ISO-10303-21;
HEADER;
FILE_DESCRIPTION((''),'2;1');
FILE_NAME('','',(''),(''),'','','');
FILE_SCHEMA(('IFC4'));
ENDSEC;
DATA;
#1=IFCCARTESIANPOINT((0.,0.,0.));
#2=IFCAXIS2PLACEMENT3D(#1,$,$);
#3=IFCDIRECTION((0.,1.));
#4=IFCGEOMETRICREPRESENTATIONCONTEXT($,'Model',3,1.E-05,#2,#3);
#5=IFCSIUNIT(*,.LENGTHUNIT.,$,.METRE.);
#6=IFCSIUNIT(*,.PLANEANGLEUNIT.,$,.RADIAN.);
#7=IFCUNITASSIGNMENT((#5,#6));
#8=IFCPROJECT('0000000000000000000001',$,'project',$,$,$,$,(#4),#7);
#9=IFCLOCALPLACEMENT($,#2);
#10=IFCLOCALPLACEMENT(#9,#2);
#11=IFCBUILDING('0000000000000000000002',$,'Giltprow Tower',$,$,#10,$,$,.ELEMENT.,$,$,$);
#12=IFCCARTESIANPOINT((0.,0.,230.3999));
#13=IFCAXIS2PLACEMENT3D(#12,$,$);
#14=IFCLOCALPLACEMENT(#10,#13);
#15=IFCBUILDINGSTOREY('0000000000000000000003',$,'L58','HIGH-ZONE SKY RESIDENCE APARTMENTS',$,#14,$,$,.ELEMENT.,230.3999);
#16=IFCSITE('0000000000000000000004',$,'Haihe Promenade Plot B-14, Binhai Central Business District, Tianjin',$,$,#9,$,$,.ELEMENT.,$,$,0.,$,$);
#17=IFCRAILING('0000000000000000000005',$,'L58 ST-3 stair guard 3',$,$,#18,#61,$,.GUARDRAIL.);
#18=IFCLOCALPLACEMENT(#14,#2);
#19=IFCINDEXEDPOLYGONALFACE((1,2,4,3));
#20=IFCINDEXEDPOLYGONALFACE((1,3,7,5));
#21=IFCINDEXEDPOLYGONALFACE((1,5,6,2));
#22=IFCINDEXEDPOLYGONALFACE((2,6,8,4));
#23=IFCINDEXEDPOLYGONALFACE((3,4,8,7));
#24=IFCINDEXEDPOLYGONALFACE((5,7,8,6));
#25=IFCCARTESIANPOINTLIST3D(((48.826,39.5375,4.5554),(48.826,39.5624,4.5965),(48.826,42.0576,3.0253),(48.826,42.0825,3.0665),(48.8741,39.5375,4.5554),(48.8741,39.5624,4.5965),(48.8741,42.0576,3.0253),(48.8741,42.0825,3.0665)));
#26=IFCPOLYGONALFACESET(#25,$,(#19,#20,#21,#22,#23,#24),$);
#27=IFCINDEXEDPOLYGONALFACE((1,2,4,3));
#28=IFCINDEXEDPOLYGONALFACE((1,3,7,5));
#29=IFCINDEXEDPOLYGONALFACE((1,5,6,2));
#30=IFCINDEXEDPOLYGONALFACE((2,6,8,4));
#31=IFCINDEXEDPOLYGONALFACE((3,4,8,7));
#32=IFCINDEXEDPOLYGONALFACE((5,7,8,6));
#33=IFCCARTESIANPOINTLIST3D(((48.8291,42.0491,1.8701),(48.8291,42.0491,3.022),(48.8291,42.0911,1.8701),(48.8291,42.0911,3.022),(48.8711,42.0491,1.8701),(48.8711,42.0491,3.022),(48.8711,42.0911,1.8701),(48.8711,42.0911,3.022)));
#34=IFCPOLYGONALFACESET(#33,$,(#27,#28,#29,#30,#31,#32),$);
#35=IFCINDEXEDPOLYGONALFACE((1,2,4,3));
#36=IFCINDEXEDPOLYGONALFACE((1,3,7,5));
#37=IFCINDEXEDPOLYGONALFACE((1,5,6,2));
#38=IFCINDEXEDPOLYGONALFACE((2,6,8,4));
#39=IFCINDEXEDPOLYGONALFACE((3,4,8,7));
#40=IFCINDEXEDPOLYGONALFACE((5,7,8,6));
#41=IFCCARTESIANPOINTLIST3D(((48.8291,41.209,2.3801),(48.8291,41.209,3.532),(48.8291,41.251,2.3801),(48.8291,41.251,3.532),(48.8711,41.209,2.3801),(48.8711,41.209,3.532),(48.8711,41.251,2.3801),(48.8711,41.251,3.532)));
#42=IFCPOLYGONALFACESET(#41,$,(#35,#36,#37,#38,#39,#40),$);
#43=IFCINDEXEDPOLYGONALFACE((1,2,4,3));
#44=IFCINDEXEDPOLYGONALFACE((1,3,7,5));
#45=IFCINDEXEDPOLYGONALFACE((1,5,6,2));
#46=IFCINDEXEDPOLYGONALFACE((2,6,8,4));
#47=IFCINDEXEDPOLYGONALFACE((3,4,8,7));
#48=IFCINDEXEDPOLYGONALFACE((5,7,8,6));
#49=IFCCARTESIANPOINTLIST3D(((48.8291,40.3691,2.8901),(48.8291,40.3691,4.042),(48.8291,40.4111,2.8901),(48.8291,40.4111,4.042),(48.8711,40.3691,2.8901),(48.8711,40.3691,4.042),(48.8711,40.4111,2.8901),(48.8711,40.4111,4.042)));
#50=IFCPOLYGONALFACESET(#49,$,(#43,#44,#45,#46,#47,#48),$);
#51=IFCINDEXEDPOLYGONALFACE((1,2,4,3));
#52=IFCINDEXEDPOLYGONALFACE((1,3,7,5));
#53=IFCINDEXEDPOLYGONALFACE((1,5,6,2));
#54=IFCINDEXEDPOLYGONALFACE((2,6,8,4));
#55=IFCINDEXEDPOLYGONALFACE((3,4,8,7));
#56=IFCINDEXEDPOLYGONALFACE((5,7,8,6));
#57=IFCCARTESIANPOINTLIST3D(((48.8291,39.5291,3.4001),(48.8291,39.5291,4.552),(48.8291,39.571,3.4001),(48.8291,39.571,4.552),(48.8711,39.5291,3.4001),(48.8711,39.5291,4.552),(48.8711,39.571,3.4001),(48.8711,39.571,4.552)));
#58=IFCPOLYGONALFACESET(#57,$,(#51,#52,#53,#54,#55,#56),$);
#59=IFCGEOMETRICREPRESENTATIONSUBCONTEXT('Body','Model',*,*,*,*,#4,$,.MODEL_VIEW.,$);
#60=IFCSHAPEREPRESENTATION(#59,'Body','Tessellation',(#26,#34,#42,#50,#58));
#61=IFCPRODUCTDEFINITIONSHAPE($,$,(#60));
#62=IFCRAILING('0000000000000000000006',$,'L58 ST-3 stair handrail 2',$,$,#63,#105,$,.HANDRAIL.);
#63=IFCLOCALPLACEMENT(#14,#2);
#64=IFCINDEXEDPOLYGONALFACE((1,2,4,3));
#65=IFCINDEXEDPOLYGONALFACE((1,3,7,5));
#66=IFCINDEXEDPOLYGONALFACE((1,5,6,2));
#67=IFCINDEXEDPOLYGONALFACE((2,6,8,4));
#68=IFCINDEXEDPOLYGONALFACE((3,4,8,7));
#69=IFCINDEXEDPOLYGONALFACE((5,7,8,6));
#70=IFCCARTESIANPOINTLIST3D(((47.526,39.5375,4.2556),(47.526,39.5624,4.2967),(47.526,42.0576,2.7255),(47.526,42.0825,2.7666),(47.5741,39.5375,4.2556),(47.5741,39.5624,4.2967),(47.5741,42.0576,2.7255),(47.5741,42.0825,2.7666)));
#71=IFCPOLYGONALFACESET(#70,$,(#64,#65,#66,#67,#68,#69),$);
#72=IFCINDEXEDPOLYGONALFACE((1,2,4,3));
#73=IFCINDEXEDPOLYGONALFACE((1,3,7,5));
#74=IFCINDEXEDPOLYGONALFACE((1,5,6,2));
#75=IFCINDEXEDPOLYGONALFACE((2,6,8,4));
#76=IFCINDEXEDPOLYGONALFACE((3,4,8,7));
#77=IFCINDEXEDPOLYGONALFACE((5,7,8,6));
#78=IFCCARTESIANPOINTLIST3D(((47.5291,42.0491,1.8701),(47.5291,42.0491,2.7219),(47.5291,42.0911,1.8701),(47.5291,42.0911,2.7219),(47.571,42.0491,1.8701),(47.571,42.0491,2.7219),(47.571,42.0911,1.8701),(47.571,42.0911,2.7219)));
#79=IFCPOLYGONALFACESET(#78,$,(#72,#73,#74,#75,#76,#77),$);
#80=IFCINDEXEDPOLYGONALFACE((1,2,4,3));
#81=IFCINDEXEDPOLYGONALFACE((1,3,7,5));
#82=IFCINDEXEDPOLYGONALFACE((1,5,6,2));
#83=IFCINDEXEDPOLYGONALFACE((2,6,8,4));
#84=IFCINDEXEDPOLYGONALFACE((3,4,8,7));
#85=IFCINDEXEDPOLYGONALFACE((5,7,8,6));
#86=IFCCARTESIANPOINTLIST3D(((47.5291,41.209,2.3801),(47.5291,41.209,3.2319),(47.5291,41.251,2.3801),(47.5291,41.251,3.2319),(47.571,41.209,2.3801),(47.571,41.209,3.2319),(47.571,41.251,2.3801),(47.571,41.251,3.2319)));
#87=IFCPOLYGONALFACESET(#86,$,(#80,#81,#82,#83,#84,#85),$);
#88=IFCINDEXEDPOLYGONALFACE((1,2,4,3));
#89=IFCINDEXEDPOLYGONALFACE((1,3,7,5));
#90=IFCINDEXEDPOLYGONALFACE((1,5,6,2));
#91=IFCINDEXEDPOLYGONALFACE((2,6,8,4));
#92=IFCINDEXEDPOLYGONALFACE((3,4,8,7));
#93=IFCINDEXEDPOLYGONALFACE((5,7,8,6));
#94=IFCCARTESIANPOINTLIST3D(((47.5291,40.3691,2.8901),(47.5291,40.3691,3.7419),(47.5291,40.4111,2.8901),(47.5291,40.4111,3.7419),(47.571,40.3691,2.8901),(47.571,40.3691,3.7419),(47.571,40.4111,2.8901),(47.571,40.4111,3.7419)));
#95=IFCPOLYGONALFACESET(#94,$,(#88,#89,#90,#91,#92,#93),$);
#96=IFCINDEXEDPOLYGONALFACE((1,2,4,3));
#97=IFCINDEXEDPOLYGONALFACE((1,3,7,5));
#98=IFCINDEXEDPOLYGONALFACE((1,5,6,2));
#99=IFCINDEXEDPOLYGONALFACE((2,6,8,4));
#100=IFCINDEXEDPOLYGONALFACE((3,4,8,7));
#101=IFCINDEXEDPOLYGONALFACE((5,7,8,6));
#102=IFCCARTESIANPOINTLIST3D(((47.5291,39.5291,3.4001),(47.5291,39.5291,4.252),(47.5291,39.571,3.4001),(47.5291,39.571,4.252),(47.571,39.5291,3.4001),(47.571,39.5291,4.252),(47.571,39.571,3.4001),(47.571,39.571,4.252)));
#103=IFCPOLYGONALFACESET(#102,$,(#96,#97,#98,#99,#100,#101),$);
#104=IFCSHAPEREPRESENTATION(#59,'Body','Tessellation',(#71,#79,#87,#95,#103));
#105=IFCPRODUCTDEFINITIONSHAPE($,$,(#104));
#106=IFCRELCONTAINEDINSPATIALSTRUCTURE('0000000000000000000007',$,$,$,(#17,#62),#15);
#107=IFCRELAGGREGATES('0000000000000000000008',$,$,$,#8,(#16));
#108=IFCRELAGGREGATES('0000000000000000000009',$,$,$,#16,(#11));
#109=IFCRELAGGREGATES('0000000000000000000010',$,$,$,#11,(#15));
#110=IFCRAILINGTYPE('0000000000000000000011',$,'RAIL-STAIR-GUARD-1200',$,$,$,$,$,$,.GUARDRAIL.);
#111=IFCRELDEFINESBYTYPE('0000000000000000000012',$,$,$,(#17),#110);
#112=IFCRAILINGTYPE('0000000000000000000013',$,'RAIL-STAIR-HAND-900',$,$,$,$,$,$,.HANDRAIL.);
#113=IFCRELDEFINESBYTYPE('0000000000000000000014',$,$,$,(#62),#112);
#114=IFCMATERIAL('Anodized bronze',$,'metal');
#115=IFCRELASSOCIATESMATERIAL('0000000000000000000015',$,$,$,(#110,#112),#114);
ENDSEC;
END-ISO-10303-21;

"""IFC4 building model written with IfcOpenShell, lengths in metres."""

from ifc_helpers import new_model, si_unit, direction, frame, origin, origin_2d, place, context, subcontext, project, spatial, rectangle, extrude, material, type_object, element, save


model = new_model("IFC4")

# Units and contexts
model_context = context("Model", 3, precision=1e-05, world=origin(), true_north=direction((0.0, 1.0)))
body_context = subcontext(model_context, "Body", "Model", "MODEL_VIEW")
ifc_project = project(units=[si_unit("LENGTHUNIT", "METRE"), si_unit("PLANEANGLEUNIT", "RADIAN")], contexts=[model_context])

# Site, building, storey
site_placement = place(None, origin())
site = spatial("IfcSite", under=ifc_project, at=site_placement, Name="Haihe Promenade Plot B-14, Binhai Central Business District, Tianjin", CompositionType="ELEMENT", RefElevation=0.0)
building_placement = place(site_placement, origin())
building = spatial("IfcBuilding", under=site, at=building_placement, Name="Giltprow Tower", CompositionType="ELEMENT")
storey_placement = place(building_placement, frame((0.0, 0.0, 230.3999)))
storey = spatial("IfcBuildingStorey", under=building, at=storey_placement, Name="L58", Description="HIGH-ZONE SKY RESIDENCE APARTMENTS", CompositionType="ELEMENT", Elevation=230.3999)

# Railings
ifc_material_1 = material(Name="Anodized bronze", Category="metal")
railing_type_1 = type_object("IfcRailingType", Name="RAIL-STAIR-GUARD-1200", PredefinedType="GUARDRAIL", material=ifc_material_1)
railing_1_placement = place(storey_placement, frame((48.8501, 42.0701, 1.8701)))
element("IfcRailing", 1, at=railing_1_placement, inside=storey, type_object=railing_type_1, Name="L58 ST-3 stair guard 3", PredefinedType="GUARDRAIL", context=body_context, shape_type="SweptSolid", body=[
    extrude(rectangle(XDim=0.0481, YDim=0.0481, at=origin_2d()), frame((0.0, 0.0, 1.1758), z_axis=(0.0, -0.854785, 0.518982), x_axis=(1.0, 0.0, 0.0)), (0.0, 0.0, 1.0), 2.9482),
    extrude(rectangle(XDim=0.042, YDim=0.042, at=origin_2d()), origin(), (0.0, 0.0, 1.0), 1.1519),
    extrude(rectangle(XDim=0.042, YDim=0.042, at=origin_2d()), frame((0.0, -0.8401, 0.51)), (0.0, 0.0, 1.0), 1.1519),
    extrude(rectangle(XDim=0.042, YDim=0.042, at=origin_2d()), frame((0.0, -1.6799, 1.02)), (0.0, 0.0, 1.0), 1.1519),
    extrude(rectangle(XDim=0.042, YDim=0.042, at=origin_2d()), frame((0.0, -2.52, 1.53)), (0.0, 0.0, 1.0), 1.1519),
])
railing_type_2 = type_object("IfcRailingType", Name="RAIL-STAIR-HAND-900", PredefinedType="HANDRAIL", material=ifc_material_1)
railing_2_placement = place(storey_placement, frame((47.55, 42.0701, 1.8701)))
element("IfcRailing", 2, at=railing_2_placement, inside=storey, type_object=railing_type_2, Name="L58 ST-3 stair handrail 2", PredefinedType="HANDRAIL", context=body_context, shape_type="SweptSolid", body=[
    extrude(rectangle(XDim=0.0481, YDim=0.0481, at=origin_2d()), frame((0.0, 0.0, 0.876), z_axis=(0.0, -0.854785, 0.518982), x_axis=(1.0, 0.0, 0.0)), (0.0, 0.0, 1.0), 2.9482),
    extrude(rectangle(XDim=0.042, YDim=0.042, at=origin_2d()), origin(), (0.0, 0.0, 1.0), 0.8518),
    extrude(rectangle(XDim=0.042, YDim=0.042, at=origin_2d()), frame((0.0, -0.8401, 0.51)), (0.0, 0.0, 1.0), 0.8518),
    extrude(rectangle(XDim=0.042, YDim=0.042, at=origin_2d()), frame((0.0, -1.6799, 1.02)), (0.0, 0.0, 1.0), 0.8518),
    extrude(rectangle(XDim=0.042, YDim=0.042, at=origin_2d()), frame((0.0, -2.52, 1.53)), (0.0, 0.0, 1.0), 0.8518),
])

save(model, "model.ifc")
